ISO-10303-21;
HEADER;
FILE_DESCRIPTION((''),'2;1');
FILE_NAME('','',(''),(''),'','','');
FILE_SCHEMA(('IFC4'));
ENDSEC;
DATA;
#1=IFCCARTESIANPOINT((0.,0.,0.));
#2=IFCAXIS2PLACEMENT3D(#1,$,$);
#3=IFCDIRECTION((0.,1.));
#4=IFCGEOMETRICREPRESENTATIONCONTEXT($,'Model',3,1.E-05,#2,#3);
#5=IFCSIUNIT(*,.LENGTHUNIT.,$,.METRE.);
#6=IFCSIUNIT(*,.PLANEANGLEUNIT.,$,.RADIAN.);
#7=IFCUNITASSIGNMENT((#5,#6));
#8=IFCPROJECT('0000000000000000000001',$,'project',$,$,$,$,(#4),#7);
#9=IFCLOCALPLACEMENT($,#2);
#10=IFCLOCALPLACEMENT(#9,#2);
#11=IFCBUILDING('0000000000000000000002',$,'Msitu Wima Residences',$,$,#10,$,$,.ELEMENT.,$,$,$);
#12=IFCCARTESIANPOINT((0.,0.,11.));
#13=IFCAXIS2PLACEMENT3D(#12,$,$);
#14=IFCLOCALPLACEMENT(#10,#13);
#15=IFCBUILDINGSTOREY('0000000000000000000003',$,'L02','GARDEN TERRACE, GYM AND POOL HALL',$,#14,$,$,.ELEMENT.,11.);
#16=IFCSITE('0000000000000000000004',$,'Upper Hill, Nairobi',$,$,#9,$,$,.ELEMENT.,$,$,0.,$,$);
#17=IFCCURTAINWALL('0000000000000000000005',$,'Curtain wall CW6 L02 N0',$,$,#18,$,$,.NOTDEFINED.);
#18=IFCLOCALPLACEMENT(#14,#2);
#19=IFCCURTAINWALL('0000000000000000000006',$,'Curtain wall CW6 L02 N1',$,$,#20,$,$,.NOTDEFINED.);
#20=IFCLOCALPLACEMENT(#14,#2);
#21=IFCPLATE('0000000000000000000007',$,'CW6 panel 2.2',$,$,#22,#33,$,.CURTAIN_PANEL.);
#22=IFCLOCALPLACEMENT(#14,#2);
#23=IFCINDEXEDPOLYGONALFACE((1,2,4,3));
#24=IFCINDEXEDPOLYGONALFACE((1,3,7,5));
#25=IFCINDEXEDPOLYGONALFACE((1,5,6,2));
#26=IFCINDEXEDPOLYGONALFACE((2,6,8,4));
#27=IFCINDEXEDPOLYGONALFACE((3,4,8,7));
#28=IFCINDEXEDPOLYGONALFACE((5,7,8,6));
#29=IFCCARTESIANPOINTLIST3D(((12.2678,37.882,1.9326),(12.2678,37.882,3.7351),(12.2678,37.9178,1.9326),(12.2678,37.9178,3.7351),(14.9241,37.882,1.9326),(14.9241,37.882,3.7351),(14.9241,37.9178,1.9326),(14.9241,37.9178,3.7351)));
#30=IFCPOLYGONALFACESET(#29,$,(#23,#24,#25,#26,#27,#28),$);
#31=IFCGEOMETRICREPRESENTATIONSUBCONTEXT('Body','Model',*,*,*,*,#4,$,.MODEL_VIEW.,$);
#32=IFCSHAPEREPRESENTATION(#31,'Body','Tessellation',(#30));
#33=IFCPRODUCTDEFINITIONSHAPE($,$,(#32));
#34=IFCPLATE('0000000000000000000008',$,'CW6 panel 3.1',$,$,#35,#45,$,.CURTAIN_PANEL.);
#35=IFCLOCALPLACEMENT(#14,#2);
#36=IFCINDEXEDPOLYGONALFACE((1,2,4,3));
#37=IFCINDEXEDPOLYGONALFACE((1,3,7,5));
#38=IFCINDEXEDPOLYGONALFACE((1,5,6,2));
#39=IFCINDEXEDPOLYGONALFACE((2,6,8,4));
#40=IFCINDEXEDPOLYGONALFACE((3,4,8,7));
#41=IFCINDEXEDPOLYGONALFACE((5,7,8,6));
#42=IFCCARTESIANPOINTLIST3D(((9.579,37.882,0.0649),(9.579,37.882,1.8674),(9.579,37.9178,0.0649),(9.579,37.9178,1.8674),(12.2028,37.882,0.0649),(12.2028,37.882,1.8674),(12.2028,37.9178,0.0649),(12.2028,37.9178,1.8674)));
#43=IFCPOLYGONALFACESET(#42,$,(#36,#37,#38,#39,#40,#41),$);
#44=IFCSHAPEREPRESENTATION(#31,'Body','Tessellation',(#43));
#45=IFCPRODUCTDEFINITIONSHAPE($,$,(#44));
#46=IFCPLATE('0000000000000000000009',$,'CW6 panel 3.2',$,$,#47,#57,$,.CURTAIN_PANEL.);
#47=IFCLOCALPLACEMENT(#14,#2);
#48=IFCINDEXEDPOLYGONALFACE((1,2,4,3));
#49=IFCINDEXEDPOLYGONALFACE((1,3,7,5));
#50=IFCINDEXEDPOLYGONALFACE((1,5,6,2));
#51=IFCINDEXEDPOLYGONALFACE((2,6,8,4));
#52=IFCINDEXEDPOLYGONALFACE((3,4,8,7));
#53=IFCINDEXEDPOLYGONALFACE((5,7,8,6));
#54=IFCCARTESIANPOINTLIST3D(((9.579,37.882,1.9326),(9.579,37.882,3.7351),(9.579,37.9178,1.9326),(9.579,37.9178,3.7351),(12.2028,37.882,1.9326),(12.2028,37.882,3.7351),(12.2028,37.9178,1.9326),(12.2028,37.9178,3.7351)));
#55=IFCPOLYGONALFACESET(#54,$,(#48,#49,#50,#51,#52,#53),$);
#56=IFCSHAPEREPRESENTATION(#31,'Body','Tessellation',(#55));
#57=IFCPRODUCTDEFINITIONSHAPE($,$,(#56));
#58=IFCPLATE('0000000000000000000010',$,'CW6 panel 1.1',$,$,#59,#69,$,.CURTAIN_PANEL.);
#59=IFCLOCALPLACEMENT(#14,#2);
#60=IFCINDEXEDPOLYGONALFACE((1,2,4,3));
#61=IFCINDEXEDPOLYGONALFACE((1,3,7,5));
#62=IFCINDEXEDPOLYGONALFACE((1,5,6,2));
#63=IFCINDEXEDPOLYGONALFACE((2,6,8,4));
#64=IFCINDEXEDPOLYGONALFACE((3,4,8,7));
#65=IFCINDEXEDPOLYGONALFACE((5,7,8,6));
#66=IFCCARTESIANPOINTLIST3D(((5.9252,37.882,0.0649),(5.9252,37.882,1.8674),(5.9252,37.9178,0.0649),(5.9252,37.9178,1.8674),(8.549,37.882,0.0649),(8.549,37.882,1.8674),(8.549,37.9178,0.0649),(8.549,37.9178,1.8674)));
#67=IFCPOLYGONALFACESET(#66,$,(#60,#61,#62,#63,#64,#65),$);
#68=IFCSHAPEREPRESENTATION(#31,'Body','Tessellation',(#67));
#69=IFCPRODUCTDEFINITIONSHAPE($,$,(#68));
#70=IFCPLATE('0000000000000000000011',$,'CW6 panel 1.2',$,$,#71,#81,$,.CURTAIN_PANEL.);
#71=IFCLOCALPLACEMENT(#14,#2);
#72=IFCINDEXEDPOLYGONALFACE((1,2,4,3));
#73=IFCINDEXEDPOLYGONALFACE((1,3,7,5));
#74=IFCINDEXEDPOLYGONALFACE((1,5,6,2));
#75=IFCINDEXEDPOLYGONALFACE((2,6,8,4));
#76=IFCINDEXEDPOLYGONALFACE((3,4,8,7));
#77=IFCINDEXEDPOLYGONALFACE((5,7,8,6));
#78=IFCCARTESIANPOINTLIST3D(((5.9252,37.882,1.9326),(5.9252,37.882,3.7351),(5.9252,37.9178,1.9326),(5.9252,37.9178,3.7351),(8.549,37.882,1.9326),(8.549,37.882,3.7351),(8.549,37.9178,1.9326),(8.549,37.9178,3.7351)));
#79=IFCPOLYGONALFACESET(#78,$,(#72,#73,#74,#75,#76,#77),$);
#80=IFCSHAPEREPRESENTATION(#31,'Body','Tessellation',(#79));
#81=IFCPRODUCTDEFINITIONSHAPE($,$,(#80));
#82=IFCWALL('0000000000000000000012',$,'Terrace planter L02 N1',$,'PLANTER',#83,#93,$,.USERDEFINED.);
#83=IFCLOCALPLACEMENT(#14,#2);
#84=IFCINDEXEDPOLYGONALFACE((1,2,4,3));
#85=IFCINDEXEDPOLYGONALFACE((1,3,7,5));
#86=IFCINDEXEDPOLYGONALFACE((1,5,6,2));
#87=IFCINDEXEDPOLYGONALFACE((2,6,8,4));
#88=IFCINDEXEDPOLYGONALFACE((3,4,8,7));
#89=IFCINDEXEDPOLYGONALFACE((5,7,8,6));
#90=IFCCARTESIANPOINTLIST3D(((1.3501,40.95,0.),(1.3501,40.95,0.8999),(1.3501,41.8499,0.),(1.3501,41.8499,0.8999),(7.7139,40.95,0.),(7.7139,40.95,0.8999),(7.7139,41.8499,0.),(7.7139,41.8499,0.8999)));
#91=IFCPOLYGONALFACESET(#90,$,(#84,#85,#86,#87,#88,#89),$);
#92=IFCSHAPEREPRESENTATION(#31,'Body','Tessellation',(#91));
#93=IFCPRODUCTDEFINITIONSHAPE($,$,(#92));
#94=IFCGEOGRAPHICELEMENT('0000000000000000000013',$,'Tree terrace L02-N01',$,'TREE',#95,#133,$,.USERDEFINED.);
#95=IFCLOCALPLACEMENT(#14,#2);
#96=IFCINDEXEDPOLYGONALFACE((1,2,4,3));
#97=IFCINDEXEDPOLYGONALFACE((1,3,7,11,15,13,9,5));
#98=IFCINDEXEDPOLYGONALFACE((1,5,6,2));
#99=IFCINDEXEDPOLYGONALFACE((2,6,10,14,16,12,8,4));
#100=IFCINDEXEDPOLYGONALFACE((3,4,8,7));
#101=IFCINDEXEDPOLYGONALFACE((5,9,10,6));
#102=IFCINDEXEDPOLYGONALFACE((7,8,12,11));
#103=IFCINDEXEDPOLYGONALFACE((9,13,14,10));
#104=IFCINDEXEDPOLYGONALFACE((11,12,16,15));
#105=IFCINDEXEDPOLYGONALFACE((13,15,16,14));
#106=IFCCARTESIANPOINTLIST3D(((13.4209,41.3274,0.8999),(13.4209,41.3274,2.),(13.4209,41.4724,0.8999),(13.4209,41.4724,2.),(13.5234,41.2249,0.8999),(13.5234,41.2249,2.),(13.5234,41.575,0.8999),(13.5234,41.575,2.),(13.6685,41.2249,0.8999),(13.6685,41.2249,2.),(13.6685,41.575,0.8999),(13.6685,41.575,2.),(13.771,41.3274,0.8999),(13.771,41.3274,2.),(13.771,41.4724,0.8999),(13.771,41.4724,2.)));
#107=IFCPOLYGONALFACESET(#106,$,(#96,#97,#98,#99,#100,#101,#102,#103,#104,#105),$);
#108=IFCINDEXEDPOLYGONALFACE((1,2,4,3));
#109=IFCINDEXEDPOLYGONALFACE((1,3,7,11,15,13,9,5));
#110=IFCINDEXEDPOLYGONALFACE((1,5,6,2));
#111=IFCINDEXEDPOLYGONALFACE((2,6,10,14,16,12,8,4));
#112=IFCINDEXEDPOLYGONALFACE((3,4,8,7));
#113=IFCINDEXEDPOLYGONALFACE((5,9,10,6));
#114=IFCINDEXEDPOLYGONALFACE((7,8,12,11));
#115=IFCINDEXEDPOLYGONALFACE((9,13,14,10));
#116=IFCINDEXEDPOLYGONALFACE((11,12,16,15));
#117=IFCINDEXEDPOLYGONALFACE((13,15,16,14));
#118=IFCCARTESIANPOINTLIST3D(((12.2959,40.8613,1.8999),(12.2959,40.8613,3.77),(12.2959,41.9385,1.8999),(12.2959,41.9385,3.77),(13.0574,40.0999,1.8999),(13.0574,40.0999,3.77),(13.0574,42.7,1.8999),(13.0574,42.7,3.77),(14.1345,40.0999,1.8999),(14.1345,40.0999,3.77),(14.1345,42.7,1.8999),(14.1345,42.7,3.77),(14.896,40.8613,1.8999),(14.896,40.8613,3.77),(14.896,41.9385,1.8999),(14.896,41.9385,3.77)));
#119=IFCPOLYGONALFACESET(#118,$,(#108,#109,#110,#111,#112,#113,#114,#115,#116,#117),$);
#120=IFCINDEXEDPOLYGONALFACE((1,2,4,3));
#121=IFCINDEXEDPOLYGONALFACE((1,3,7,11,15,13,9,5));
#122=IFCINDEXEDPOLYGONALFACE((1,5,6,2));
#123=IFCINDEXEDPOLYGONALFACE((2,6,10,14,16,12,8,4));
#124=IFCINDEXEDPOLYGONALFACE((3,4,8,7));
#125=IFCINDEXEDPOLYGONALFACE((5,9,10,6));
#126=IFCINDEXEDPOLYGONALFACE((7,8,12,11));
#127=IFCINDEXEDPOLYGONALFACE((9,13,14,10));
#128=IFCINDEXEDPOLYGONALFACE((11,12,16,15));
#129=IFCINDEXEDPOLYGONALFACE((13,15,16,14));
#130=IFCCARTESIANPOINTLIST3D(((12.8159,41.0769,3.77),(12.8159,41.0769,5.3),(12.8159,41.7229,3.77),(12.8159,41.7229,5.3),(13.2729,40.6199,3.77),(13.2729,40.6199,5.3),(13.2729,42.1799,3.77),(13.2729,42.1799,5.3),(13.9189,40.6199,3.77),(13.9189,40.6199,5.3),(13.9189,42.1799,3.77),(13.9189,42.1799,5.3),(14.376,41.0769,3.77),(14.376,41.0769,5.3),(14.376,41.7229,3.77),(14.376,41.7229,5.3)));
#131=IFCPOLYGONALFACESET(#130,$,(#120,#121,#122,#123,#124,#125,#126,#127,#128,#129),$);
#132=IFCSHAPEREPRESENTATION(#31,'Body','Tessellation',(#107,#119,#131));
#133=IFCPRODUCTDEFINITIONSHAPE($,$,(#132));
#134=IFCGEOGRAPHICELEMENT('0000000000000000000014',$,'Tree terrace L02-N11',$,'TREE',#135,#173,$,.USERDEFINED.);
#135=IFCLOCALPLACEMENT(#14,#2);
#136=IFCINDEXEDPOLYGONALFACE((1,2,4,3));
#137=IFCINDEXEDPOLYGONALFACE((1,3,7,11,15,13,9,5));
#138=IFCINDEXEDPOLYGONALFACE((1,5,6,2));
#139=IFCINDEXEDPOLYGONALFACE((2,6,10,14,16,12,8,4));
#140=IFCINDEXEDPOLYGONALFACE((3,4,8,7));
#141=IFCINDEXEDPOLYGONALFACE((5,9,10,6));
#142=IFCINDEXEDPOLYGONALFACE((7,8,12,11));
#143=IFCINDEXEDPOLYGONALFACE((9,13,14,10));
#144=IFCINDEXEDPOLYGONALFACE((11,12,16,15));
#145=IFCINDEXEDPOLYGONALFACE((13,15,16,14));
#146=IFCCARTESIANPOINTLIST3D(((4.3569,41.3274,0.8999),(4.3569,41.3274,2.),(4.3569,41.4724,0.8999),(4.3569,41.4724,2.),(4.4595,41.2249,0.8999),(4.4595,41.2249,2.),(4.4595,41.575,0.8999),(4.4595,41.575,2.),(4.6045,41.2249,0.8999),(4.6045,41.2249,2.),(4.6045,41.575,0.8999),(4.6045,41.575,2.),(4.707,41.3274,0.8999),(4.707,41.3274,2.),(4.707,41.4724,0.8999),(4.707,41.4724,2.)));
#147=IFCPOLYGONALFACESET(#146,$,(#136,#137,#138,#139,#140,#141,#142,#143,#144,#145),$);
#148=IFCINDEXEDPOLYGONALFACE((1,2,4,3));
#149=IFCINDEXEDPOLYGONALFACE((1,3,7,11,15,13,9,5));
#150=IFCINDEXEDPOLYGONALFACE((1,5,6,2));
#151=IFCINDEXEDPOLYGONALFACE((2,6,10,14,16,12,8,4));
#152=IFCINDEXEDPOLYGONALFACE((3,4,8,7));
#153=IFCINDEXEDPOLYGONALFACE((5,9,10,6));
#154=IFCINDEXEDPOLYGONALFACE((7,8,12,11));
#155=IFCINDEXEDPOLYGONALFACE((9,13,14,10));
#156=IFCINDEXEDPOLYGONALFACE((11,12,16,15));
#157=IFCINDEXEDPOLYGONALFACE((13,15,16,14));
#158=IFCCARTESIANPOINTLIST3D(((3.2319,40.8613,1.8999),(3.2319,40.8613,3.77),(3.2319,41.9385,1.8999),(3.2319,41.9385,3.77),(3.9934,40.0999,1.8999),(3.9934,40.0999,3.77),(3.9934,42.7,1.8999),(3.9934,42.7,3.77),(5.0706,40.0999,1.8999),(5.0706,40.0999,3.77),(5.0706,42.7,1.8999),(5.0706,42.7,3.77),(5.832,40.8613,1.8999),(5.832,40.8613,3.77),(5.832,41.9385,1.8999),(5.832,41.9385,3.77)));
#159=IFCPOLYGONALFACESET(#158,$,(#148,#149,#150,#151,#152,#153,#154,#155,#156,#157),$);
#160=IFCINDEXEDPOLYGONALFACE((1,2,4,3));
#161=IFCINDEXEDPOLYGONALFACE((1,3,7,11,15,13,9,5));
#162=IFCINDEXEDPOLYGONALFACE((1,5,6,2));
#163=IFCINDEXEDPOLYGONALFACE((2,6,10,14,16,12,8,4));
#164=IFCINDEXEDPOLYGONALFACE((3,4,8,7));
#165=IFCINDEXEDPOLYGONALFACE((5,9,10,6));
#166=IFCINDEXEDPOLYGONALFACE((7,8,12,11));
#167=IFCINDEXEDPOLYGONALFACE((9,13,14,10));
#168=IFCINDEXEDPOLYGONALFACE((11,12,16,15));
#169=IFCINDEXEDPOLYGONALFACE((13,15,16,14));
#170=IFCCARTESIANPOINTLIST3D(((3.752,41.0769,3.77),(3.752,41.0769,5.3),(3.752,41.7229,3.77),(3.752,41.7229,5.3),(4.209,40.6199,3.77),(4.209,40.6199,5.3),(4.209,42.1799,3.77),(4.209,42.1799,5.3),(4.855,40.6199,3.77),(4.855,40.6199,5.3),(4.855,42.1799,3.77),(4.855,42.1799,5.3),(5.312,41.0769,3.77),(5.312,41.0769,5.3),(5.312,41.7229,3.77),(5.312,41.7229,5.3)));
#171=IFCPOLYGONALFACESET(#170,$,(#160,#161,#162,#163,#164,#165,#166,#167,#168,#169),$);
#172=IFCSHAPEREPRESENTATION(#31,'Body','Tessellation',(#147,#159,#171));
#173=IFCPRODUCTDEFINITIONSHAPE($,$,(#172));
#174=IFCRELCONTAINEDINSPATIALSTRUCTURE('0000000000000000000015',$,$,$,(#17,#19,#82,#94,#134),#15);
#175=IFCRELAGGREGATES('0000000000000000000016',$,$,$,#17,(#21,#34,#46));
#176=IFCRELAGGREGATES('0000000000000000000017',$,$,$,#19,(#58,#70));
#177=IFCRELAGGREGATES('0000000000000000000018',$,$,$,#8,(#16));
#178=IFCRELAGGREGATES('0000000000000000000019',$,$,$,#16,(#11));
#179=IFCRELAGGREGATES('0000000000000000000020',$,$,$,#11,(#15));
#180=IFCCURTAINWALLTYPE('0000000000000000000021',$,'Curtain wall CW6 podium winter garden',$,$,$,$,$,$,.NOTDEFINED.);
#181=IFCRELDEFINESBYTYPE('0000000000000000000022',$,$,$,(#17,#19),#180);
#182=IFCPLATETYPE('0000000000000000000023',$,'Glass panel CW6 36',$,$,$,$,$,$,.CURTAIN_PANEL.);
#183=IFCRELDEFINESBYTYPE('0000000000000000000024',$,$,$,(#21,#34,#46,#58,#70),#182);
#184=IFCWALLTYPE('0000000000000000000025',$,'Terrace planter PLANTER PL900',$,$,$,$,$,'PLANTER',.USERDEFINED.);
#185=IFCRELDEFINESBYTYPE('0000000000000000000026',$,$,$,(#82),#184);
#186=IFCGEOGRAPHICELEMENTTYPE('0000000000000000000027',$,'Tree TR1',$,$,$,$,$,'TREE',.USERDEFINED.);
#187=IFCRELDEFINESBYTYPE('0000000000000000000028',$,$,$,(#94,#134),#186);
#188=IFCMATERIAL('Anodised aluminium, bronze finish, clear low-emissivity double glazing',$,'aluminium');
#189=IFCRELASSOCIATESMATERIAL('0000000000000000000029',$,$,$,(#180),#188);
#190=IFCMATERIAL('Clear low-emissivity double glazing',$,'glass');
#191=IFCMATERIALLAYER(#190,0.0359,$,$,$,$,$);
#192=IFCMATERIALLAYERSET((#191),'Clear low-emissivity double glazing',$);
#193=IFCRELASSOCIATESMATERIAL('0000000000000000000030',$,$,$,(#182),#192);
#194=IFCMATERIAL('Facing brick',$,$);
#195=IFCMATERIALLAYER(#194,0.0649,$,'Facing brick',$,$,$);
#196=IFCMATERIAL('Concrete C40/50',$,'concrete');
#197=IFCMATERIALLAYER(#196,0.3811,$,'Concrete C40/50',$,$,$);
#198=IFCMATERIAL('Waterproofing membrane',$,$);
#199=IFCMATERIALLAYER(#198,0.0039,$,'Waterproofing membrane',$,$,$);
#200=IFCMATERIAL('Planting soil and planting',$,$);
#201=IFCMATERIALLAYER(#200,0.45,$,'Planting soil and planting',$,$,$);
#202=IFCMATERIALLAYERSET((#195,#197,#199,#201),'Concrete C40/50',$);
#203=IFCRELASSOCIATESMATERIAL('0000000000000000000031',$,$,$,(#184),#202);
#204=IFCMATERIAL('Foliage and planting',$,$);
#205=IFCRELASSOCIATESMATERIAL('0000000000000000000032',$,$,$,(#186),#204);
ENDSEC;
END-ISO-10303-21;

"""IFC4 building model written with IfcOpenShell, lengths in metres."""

from ifc_helpers import new_model, si_unit, direction, frame, frame_2d, origin, origin_2d, place, context, subcontext, project, spatial, polyline, rectangle, outline, extrude, material, layer, layer_set, type_object, element, aggregate, save


model = new_model("IFC4")

# Units and contexts
model_context = context("Model", 3, precision=1e-05, world=origin(), true_north=direction((0.0, 1.0)))
body_context = subcontext(model_context, "Body", "Model", "MODEL_VIEW")
ifc_project = project(units=[si_unit("LENGTHUNIT", "METRE"), si_unit("PLANEANGLEUNIT", "RADIAN")], contexts=[model_context])

# Site, building, storey
site_placement = place(None, origin())
site = spatial("IfcSite", under=ifc_project, at=site_placement, Name="Upper Hill, Nairobi", CompositionType="ELEMENT", RefElevation=0.0)
building_placement = place(site_placement, origin())
building = spatial("IfcBuilding", under=site, at=building_placement, Name="Msitu Wima Residences", CompositionType="ELEMENT")
storey_placement = place(building_placement, frame((0.0, 0.0, 11.0)))
storey = spatial("IfcBuildingStorey", under=building, at=storey_placement, Name="L02", Description="GARDEN TERRACE, GYM AND POOL HALL", CompositionType="ELEMENT", Elevation=11.0)

# Curtain walls
ifc_material_1 = material(Name="Anodised aluminium, bronze finish, clear low-emissivity double glazing", Category="aluminium")
curtain_wall_type = type_object("IfcCurtainWallType", Name="Curtain wall CW6 podium winter garden", PredefinedType="NOTDEFINED", material=ifc_material_1)
curtain_wall_1_placement = place(storey_placement, origin())
curtain_wall_1 = element("IfcCurtainWall", 1, at=curtain_wall_1_placement, inside=storey, type_object=curtain_wall_type, Name="Curtain wall CW6 L02 N0", PredefinedType="NOTDEFINED")
curtain_wall_2_placement = place(storey_placement, origin())
curtain_wall_2 = element("IfcCurtainWall", 2, at=curtain_wall_2_placement, inside=storey, type_object=curtain_wall_type, Name="Curtain wall CW6 L02 N1", PredefinedType="NOTDEFINED")

# Plates
ifc_material_2 = material(Name="Clear low-emissivity double glazing", Category="glass")
ifc_layer_1 = layer(ifc_material_2, 0.0359)
ifc_layer_set_1 = layer_set([ifc_layer_1], Name="Clear low-emissivity double glazing")
plate_type = type_object("IfcPlateType", Name="Glass panel CW6 36", PredefinedType="CURTAIN_PANEL", material=ifc_layer_set_1)
plate_1_placement = place(storey_placement, frame((13.5959, 37.8999, 1.9326), z_axis=(0.0, 0.0, 1.0), x_axis=(-1.0, 0.0, 0.0)))
plate_1 = element("IfcPlate", 3, at=plate_1_placement, type_object=plate_type, Name="CW6 panel 2.2", PredefinedType="CURTAIN_PANEL", context=body_context, shape_type="SweptSolid", body=[
    extrude(rectangle(XDim=2.6562, YDim=0.0359, at=origin_2d()), origin(), (0.0, 0.0, 1.0), 1.8025),
])
plate_2_placement = place(storey_placement, frame((10.8909, 37.8999, 0.0649), z_axis=(0.0, 0.0, 1.0), x_axis=(-1.0, 0.0, 0.0)))
plate_2 = element("IfcPlate", 4, at=plate_2_placement, type_object=plate_type, Name="CW6 panel 3.1", PredefinedType="CURTAIN_PANEL", context=body_context, shape_type="SweptSolid", body=[
    extrude(rectangle(XDim=2.6238, YDim=0.0359, at=origin_2d()), origin(), (0.0, 0.0, 1.0), 1.8025),
])
plate_3_placement = place(storey_placement, frame((10.8909, 37.8999, 1.9326), z_axis=(0.0, 0.0, 1.0), x_axis=(-1.0, 0.0, 0.0)))
plate_3 = element("IfcPlate", 5, at=plate_3_placement, type_object=plate_type, Name="CW6 panel 3.2", PredefinedType="CURTAIN_PANEL", context=body_context, shape_type="SweptSolid", body=[
    extrude(rectangle(XDim=2.6238, YDim=0.0359, at=origin_2d()), origin(), (0.0, 0.0, 1.0), 1.8025),
])
aggregate(curtain_wall_1, [plate_1, plate_2, plate_3])
plate_4_placement = place(storey_placement, frame((7.2371, 37.8999, 0.0649), z_axis=(0.0, 0.0, 1.0), x_axis=(-1.0, 0.0, 0.0)))
plate_4 = element("IfcPlate", 6, at=plate_4_placement, type_object=plate_type, Name="CW6 panel 1.1", PredefinedType="CURTAIN_PANEL", context=body_context, shape_type="SweptSolid", body=[
    extrude(rectangle(XDim=2.6238, YDim=0.0359, at=origin_2d()), origin(), (0.0, 0.0, 1.0), 1.8025),
])
plate_5_placement = place(storey_placement, frame((7.2371, 37.8999, 1.9326), z_axis=(0.0, 0.0, 1.0), x_axis=(-1.0, 0.0, 0.0)))
plate_5 = element("IfcPlate", 7, at=plate_5_placement, type_object=plate_type, Name="CW6 panel 1.2", PredefinedType="CURTAIN_PANEL", context=body_context, shape_type="SweptSolid", body=[
    extrude(rectangle(XDim=2.6238, YDim=0.0359, at=origin_2d()), origin(), (0.0, 0.0, 1.0), 1.8025),
])
aggregate(curtain_wall_2, [plate_4, plate_5])

# Wall
ifc_material_3 = material(Name="Facing brick")
ifc_layer_2 = layer(ifc_material_3, 0.0649, Name="Facing brick")
ifc_material_4 = material(Name="Concrete C40/50", Category="concrete")
ifc_layer_3 = layer(ifc_material_4, 0.3811, Name="Concrete C40/50")
ifc_material_5 = material(Name="Waterproofing membrane")
ifc_layer_4 = layer(ifc_material_5, 0.0039, Name="Waterproofing membrane")
ifc_material_6 = material(Name="Planting soil and planting")
ifc_layer_5 = layer(ifc_material_6, 0.45, Name="Planting soil and planting")
ifc_layer_set_2 = layer_set([ifc_layer_2, ifc_layer_3, ifc_layer_4, ifc_layer_5], Name="Concrete C40/50")
wall_type = type_object("IfcWallType", Name="Terrace planter PLANTER PL900", ElementType="PLANTER", PredefinedType="USERDEFINED", material=ifc_layer_set_2)
wall_placement = place(storey_placement, frame((7.7139, 41.3999, 0.0), z_axis=(0.0, 0.0, 1.0), x_axis=(-1.0, 0.0, 0.0)))
element("IfcWall", 8, at=wall_placement, inside=storey, type_object=wall_type, Name="Terrace planter L02 N1", ObjectType="PLANTER", PredefinedType="USERDEFINED", context=body_context, shape_type="SweptSolid", body=[
    extrude(rectangle(XDim=6.3638, YDim=0.8999, at=frame_2d((3.1819, 0.0))), origin(), (0.0, 0.0, 1.0), 0.8999),
])

# Geographic elements
ifc_material_7 = material(Name="Foliage and planting")
geographic_element_type = type_object("IfcGeographicElementType", Name="Tree TR1", ElementType="TREE", PredefinedType="USERDEFINED", material=ifc_material_7)
for number, where, z_axis, x_axis, name in (
    (9, (13.5959, 41.3999, 0.8999), (0.0, 0.0, 1.0), (1.0, 0.0, 0.0), "Tree terrace L02-N01"),
    (10, (4.532, 41.3999, 0.8999), (0.0, 0.0, 1.0), (1.0, 0.0, 0.0), "Tree terrace L02-N11"),
):
    element("IfcGeographicElement", number, at=place(storey_placement, frame(where, z_axis=z_axis, x_axis=x_axis)), inside=storey, type_object=geographic_element_type, Name=name, ObjectType="TREE", PredefinedType="USERDEFINED", context=body_context, shape_type="SweptSolid", body=[
        extrude(outline(polyline([(0.175, 0.0725), (0.0725, 0.175), (-0.0725, 0.175), (-0.175, 0.0725), (-0.175, -0.0725), (-0.0725, -0.175), (0.0725, -0.175), (0.175, -0.0725), (0.175, 0.0725)])), origin(), (0.0, 0.0, 1.0), 1.1001),
        extrude(outline(polyline([(1.3, 0.5386), (0.5386, 1.3), (-0.5386, 1.3), (-1.3, 0.5386), (-1.3, -0.5386), (-0.5386, -1.3), (0.5386, -1.3), (1.3, -0.5386), (1.3, 0.5386)])), frame((0.0, 0.0, 1.0)), (0.0, 0.0, 1.0), 1.8701),
        extrude(outline(polyline([(0.78, 0.323), (0.323, 0.78), (-0.323, 0.78), (-0.78, 0.323), (-0.78, -0.323), (-0.323, -0.78), (0.323, -0.78), (0.78, -0.323), (0.78, 0.323)])), frame((0.0, 0.0, 2.8701)), (0.0, 0.0, 1.0), 1.53),
    ])

save(model, "model.ifc")
